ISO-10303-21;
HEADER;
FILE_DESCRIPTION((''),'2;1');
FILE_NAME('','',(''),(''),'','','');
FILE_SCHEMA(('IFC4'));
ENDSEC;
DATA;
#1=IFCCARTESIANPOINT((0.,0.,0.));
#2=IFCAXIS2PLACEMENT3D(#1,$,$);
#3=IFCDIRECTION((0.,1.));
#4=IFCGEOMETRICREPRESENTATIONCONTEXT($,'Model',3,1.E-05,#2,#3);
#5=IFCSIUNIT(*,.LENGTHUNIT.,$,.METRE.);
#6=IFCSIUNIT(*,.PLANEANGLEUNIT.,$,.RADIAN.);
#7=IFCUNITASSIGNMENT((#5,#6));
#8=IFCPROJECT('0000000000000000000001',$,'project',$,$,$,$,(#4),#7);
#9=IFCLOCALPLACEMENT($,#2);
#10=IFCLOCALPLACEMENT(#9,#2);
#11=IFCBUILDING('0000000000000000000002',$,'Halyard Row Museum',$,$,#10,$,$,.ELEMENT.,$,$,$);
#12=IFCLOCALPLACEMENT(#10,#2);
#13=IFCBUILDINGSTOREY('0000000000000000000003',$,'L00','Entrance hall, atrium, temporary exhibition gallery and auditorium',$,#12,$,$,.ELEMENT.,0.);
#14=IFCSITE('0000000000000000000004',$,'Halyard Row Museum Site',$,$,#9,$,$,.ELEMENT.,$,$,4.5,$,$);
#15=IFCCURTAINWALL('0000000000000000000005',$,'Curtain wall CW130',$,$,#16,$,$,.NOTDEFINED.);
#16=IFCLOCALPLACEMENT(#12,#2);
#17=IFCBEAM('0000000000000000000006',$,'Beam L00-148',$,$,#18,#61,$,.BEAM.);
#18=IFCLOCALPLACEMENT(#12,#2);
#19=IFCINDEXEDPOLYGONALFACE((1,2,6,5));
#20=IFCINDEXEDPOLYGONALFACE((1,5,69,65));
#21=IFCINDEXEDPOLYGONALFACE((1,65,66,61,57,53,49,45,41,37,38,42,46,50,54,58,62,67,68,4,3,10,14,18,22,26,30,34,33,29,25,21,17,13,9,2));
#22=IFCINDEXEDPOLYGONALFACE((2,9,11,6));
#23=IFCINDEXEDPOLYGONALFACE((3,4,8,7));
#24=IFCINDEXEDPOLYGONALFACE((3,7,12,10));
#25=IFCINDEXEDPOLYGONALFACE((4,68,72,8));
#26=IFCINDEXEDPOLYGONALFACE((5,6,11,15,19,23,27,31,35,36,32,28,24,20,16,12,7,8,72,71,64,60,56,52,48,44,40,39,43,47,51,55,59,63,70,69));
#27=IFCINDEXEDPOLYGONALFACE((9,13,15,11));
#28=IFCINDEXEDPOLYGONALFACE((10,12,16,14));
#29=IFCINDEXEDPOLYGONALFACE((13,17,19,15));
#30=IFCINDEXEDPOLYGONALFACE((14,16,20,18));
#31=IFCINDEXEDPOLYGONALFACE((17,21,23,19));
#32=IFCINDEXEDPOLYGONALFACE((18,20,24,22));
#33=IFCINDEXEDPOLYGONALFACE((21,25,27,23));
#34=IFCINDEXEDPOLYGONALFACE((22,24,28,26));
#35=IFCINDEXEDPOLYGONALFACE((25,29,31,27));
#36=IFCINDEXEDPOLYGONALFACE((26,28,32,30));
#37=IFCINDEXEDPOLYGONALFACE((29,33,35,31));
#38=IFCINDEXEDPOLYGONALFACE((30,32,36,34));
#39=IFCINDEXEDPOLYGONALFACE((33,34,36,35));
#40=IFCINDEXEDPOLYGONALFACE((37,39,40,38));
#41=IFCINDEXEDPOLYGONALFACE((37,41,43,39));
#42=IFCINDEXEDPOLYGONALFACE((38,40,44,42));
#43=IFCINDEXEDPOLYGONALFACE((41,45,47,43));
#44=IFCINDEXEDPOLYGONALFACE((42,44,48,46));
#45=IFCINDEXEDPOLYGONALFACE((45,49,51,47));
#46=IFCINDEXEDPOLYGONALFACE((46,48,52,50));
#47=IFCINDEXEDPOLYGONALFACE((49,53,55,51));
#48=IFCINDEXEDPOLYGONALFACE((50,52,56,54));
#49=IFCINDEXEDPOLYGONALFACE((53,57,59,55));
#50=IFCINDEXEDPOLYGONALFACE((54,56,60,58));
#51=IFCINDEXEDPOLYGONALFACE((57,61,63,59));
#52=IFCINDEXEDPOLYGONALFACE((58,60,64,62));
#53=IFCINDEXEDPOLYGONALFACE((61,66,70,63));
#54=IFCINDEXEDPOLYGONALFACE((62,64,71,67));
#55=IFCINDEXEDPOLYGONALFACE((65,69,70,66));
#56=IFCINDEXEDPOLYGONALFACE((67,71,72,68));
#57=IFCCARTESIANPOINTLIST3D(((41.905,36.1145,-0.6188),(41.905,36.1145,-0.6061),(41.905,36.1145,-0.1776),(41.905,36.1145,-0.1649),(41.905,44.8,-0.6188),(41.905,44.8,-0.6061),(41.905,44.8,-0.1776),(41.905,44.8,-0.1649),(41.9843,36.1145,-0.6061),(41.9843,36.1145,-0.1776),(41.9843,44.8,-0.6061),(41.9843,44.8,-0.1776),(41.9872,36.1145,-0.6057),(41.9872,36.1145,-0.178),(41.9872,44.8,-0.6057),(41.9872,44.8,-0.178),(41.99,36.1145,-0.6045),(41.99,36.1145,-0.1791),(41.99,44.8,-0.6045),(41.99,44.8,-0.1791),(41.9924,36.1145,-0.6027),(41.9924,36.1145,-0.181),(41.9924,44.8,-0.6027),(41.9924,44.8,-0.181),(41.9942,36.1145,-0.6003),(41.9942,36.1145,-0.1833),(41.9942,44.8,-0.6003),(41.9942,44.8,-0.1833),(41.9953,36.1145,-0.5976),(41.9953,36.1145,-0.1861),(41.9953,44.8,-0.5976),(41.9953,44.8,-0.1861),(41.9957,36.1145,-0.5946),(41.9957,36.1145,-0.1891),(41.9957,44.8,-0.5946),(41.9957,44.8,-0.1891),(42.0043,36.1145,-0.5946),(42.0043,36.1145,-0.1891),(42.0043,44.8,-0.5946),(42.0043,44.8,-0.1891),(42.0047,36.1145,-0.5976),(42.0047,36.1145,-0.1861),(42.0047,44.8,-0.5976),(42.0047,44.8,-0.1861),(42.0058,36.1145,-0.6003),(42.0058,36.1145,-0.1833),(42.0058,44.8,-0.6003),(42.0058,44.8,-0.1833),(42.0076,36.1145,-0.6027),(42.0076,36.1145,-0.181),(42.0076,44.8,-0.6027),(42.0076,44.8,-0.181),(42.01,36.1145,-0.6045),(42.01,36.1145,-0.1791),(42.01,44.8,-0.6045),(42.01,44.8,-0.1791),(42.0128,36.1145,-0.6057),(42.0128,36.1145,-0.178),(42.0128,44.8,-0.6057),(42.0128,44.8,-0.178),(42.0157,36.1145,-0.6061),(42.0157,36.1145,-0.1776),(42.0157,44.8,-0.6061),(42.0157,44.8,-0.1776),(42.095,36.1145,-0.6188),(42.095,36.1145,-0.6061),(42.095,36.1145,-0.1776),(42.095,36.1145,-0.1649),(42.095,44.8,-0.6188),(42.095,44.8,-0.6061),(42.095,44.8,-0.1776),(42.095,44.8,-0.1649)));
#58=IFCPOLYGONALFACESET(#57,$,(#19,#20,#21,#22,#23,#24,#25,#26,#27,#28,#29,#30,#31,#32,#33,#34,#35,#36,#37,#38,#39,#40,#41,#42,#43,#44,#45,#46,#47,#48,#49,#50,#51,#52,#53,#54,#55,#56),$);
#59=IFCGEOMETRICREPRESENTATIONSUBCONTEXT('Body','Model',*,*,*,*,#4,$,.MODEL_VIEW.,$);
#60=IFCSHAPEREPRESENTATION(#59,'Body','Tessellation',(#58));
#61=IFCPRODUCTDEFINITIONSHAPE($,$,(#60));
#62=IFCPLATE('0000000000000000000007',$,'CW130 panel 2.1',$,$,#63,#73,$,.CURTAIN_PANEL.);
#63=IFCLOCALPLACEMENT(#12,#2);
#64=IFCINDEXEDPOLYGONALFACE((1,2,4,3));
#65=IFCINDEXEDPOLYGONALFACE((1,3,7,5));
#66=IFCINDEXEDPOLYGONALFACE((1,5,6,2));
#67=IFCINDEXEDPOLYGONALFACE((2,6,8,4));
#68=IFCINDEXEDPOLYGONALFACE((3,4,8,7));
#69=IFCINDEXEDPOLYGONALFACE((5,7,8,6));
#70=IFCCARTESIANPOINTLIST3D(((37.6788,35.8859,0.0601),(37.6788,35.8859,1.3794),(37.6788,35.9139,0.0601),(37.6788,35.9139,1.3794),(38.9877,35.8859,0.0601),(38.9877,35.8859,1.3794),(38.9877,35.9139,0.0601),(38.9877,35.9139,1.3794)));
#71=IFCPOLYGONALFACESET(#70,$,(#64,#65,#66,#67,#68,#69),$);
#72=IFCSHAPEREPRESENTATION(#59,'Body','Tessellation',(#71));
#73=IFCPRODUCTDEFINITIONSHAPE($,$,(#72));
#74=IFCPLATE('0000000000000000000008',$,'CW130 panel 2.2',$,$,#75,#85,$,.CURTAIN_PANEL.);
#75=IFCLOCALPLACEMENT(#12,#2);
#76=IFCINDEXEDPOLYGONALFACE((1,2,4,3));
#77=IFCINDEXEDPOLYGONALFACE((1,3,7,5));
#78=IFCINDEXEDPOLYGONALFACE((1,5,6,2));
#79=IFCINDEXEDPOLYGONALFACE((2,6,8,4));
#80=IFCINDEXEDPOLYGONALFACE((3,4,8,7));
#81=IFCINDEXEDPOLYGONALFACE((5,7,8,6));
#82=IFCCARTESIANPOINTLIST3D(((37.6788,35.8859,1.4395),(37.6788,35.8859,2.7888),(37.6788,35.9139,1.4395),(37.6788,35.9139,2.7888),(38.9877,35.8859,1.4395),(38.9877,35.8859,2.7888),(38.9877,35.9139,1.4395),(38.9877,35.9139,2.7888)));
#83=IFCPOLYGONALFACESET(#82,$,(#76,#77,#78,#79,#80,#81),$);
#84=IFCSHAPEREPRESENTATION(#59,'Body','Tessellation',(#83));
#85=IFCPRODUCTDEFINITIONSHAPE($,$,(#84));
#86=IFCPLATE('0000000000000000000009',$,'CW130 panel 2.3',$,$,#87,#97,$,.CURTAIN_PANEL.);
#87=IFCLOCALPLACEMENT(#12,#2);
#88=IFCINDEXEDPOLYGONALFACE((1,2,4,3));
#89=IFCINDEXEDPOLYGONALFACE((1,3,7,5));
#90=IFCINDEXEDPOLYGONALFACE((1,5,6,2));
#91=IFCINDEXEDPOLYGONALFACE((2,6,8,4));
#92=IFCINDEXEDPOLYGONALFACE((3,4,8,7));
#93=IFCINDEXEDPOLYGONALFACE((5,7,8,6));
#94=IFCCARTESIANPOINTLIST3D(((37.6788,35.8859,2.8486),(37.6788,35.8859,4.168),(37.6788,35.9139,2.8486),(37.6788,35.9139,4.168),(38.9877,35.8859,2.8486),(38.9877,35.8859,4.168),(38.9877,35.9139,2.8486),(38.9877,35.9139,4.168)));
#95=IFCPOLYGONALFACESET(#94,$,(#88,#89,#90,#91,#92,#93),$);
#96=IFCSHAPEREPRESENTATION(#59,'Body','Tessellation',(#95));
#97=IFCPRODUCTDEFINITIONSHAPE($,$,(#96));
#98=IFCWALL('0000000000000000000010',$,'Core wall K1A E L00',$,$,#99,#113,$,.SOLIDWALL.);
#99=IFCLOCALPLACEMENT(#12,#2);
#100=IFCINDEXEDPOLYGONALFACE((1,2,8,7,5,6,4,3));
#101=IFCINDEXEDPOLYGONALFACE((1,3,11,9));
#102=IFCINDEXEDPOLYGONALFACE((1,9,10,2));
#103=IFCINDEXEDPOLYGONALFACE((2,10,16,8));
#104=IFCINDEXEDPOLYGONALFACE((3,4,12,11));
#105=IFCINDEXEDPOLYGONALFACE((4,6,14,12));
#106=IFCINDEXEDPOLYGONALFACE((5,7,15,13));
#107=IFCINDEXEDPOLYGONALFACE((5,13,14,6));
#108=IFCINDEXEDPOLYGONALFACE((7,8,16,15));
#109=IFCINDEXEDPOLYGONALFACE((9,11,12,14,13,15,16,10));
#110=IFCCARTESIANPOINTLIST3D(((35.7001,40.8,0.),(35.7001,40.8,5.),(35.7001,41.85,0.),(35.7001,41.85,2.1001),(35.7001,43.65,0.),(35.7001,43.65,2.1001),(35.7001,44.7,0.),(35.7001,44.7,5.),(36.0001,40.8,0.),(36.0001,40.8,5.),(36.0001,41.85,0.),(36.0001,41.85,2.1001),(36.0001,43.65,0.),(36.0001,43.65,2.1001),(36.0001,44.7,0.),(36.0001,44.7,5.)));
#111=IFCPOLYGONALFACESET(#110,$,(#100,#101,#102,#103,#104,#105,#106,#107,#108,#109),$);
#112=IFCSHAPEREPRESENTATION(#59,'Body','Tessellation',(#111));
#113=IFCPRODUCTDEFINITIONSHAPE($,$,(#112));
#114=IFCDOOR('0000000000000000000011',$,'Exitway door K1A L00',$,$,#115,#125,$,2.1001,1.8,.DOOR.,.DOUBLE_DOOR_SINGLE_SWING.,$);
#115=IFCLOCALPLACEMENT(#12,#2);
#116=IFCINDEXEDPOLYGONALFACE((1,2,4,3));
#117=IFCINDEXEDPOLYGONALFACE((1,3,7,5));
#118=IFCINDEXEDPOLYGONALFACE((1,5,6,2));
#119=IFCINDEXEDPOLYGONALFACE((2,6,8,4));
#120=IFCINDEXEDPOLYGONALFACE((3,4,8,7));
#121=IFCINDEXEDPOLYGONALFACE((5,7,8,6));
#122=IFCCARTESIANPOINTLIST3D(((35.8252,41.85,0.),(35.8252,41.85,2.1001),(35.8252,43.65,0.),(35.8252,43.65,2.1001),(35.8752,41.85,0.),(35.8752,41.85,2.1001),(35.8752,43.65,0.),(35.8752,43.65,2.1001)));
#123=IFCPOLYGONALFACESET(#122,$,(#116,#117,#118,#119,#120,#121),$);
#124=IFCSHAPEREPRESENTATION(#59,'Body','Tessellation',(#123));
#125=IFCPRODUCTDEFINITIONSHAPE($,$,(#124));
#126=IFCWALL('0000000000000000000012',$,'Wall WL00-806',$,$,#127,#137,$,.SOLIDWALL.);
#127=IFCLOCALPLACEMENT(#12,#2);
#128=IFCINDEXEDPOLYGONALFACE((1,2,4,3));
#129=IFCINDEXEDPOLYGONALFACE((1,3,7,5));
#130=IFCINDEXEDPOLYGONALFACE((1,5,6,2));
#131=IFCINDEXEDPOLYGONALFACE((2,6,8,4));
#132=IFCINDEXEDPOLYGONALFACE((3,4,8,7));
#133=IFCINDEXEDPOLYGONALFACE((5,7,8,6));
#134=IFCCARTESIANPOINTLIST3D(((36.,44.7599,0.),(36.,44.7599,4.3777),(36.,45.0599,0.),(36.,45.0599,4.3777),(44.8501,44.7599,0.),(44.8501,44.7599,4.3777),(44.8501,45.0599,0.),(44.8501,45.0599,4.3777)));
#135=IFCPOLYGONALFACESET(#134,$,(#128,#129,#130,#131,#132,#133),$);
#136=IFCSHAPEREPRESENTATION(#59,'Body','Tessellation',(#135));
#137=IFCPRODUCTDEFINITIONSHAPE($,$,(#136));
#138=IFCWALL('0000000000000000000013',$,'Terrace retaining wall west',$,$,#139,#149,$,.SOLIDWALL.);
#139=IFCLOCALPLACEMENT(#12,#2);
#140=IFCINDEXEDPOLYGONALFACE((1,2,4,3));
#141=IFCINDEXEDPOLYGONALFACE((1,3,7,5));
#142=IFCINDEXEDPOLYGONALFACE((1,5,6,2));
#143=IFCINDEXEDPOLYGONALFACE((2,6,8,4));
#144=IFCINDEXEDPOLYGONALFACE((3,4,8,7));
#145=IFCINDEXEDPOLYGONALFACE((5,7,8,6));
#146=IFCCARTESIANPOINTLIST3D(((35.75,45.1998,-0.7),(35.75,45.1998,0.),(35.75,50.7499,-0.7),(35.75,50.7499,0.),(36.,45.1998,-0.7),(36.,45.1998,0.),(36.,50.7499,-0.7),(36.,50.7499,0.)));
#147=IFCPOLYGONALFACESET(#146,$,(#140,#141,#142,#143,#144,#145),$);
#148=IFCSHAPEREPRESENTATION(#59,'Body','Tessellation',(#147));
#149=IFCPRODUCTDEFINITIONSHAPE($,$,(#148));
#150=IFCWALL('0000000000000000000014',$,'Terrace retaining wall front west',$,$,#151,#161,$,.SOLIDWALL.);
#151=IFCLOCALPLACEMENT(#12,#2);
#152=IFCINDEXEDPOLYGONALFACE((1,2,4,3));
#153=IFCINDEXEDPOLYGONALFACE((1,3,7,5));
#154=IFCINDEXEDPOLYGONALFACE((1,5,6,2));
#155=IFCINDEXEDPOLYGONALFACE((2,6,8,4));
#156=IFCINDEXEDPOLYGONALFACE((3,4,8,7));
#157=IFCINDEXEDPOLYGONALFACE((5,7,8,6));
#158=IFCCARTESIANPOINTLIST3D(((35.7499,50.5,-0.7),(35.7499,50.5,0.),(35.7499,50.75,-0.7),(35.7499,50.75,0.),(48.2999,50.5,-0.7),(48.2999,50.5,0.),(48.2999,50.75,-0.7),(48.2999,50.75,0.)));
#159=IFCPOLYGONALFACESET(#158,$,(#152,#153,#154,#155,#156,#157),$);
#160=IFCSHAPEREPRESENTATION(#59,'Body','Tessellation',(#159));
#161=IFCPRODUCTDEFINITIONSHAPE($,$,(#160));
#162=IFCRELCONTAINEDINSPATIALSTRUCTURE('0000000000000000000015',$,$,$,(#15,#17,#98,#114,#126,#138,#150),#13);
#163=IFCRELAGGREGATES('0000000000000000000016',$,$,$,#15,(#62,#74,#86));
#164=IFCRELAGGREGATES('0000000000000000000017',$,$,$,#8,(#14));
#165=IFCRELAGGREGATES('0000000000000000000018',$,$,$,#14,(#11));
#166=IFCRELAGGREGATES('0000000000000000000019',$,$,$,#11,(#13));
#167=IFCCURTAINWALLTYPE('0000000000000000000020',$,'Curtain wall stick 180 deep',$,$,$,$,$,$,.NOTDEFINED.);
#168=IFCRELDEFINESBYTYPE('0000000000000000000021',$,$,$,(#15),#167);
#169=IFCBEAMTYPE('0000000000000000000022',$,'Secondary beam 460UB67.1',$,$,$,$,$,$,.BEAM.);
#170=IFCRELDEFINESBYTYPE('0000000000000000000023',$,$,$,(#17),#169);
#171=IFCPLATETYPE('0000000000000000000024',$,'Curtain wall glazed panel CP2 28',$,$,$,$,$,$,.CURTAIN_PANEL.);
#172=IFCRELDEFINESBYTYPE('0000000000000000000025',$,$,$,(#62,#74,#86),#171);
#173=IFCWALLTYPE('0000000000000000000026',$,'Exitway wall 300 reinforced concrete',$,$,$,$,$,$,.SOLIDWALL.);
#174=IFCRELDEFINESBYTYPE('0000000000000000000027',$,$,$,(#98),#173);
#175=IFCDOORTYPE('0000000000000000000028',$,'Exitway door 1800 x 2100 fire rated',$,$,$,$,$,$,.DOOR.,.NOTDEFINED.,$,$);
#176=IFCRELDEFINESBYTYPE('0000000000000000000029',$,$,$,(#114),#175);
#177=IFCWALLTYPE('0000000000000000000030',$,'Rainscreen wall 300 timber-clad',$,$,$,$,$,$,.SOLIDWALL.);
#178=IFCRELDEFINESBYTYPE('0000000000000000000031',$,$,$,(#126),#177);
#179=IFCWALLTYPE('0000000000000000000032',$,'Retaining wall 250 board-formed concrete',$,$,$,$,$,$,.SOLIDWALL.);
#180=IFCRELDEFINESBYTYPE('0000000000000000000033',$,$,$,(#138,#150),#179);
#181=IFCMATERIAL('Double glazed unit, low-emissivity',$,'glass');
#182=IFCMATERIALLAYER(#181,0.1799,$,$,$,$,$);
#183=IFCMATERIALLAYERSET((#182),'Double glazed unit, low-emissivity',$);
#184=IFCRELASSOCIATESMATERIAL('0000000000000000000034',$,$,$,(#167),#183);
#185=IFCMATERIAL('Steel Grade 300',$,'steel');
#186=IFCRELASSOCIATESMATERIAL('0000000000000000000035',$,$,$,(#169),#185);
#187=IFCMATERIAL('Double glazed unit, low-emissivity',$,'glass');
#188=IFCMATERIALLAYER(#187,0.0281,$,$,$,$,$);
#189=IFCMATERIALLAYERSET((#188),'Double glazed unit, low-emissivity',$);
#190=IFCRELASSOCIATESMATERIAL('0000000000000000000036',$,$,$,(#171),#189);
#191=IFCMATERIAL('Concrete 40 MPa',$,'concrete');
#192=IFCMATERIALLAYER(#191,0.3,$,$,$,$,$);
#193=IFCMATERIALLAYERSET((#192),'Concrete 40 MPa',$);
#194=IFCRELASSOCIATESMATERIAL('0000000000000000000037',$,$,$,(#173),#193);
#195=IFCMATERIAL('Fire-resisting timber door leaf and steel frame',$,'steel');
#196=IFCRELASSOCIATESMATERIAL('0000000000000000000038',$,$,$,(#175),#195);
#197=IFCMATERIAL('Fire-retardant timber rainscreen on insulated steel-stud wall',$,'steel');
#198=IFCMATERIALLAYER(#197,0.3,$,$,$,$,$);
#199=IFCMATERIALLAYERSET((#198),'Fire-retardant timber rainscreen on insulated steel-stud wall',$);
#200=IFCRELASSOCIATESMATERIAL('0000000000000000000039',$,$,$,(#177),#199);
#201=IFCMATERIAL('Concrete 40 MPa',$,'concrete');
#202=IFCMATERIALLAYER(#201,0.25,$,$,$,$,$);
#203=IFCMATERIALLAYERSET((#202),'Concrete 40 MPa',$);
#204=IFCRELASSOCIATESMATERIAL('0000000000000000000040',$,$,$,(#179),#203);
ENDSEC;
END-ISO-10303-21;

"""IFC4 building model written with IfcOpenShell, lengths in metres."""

from ifc_helpers import new_model, si_unit, direction, frame, frame_2d, origin, origin_2d, place, context, subcontext, project, spatial, rectangle, i_section, extrude, material, layer, layer_set, material_profile, profile_set, type_object, element, fill, aggregate, save


model = new_model("IFC4")

# Units and contexts
model_context = context("Model", 3, precision=1e-05, world=origin(), true_north=direction((0.0, 1.0)))
body_context = subcontext(model_context, "Body", "Model", "MODEL_VIEW")
ifc_project = project(units=[si_unit("LENGTHUNIT", "METRE"), si_unit("PLANEANGLEUNIT", "RADIAN")], contexts=[model_context])

# Site, building, storey
site_placement = place(None, origin())
site = spatial("IfcSite", under=ifc_project, at=site_placement, Name="Halyard Row Museum Site", CompositionType="ELEMENT", RefElevation=4.5)
building_placement = place(site_placement, origin())
building = spatial("IfcBuilding", under=site, at=building_placement, Name="Halyard Row Museum", CompositionType="ELEMENT")
storey_placement = place(building_placement, origin())
storey = spatial("IfcBuildingStorey", under=building, at=storey_placement, Name="L00", Description="Entrance hall, atrium, temporary exhibition gallery and auditorium", CompositionType="ELEMENT", Elevation=0.0)

# Curtain wall
ifc_material_1 = material(Name="Double glazed unit, low-emissivity", Category="glass")
ifc_layer_1 = layer(ifc_material_1, 0.1799)
ifc_layer_set_1 = layer_set([ifc_layer_1], Name="Double glazed unit, low-emissivity")
curtain_wall_type = type_object("IfcCurtainWallType", Name="Curtain wall stick 180 deep", PredefinedType="NOTDEFINED", material=ifc_layer_set_1)
curtain_wall_placement = place(storey_placement, origin())
curtain_wall = element("IfcCurtainWall", 1, at=curtain_wall_placement, inside=storey, type_object=curtain_wall_type, Name="Curtain wall CW130", PredefinedType="NOTDEFINED")

# Beam
ifc_material_2 = material(Name="Steel Grade 300", Category="steel")
ifc_material_profile_1 = material_profile(ifc_material_2, i_section(OverallWidth=0.1899, OverallDepth=0.4539, WebThickness=0.0085, FlangeThickness=0.0127, FilletRadius=0.0115, at=origin_2d()), Name="460UB67.1")
ifc_profile_set_1 = profile_set([ifc_material_profile_1], Name="Steel Grade 300")
beam_type_1 = type_object("IfcBeamType", Name="Secondary beam 460UB67.1", PredefinedType="BEAM", material=ifc_profile_set_1)
for number, where, z_axis, x_axis, name in (
    (2, (42.0, 36.1145, -0.3918), (0.0, 1.0, 0.0), (-1.0, 0.0, 0.0), "Beam L00-148"),
):
    element("IfcBeam", number, at=place(storey_placement, frame(where, z_axis=z_axis, x_axis=x_axis)), inside=storey, type_object=beam_type_1, Name=name, PredefinedType="BEAM", context=body_context, shape_type="SweptSolid", body=[
        extrude(i_section(OverallWidth=0.1899, OverallDepth=0.4539, WebThickness=0.0085, FlangeThickness=0.0127, FilletRadius=0.0115, at=origin_2d()), origin(), (0.0, 0.0, 1.0), 8.6855),
    ])

# Plates
ifc_material_3 = material(Name="Double glazed unit, low-emissivity", Category="glass")
ifc_layer_2 = layer(ifc_material_3, 0.0281)
ifc_layer_set_2 = layer_set([ifc_layer_2], Name="Double glazed unit, low-emissivity")
plate_type = type_object("IfcPlateType", Name="Curtain wall glazed panel CP2 28", PredefinedType="CURTAIN_PANEL", material=ifc_layer_set_2)
plate_1_placement = place(storey_placement, frame((38.3333, 35.8999, 0.0601), z_axis=(0.0, 0.0, 1.0), x_axis=(1.0, 0.0, 0.0)))
plate_1 = element("IfcPlate", 3, at=plate_1_placement, type_object=plate_type, Name="CW130 panel 2.1", PredefinedType="CURTAIN_PANEL", context=body_context, shape_type="SweptSolid", body=[
    extrude(rectangle(XDim=1.3088, YDim=0.0281, at=origin_2d()), origin(), (0.0, 0.0, 1.0), 1.3193),
])
plate_2_placement = place(storey_placement, frame((38.3333, 35.8999, 1.4395), z_axis=(0.0, 0.0, 1.0), x_axis=(1.0, 0.0, 0.0)))
plate_2 = element("IfcPlate", 4, at=plate_2_placement, type_object=plate_type, Name="CW130 panel 2.2", PredefinedType="CURTAIN_PANEL", context=body_context, shape_type="SweptSolid", body=[
    extrude(rectangle(XDim=1.3088, YDim=0.0281, at=origin_2d()), origin(), (0.0, 0.0, 1.0), 1.3494),
])
plate_3_placement = place(storey_placement, frame((38.3333, 35.8999, 2.8486), z_axis=(0.0, 0.0, 1.0), x_axis=(1.0, 0.0, 0.0)))
plate_3 = element("IfcPlate", 5, at=plate_3_placement, type_object=plate_type, Name="CW130 panel 2.3", PredefinedType="CURTAIN_PANEL", context=body_context, shape_type="SweptSolid", body=[
    extrude(rectangle(XDim=1.3088, YDim=0.0281, at=origin_2d()), origin(), (0.0, 0.0, 1.0), 1.3193),
])
aggregate(curtain_wall, [plate_1, plate_2, plate_3])

# Wall, opening, door
ifc_material_4 = material(Name="Concrete 40 MPa", Category="concrete")
ifc_layer_3 = layer(ifc_material_4, 0.3)
ifc_layer_set_3 = layer_set([ifc_layer_3], Name="Concrete 40 MPa")
wall_type_1 = type_object("IfcWallType", Name="Exitway wall 300 reinforced concrete", PredefinedType="SOLIDWALL", material=ifc_layer_set_3)
wall_1_placement = place(storey_placement, frame((35.8501, 40.8, 0.0), z_axis=(0.0, 0.0, 1.0), x_axis=(0.0, 1.0, 0.0)))
wall_1 = element("IfcWall", 6, at=wall_1_placement, inside=storey, type_object=wall_type_1, Name="Core wall K1A E L00", PredefinedType="SOLIDWALL", context=body_context, shape_type="SweptSolid", body=[
    extrude(rectangle(XDim=3.8999, YDim=0.3, at=frame_2d((1.95, 0.0))), origin(), (0.0, 0.0, 1.0), 5.0),
])
opening_1_placement = place(wall_1_placement, frame((1.05, 0.0, 0.0)))
opening_1 = element("IfcOpeningElement", 7, at=opening_1_placement, cuts=wall_1, PredefinedType="OPENING", context=body_context, shape_type="SweptSolid", body=[
    extrude(rectangle(XDim=1.8, YDim=2.1001, at=frame_2d((0.8999, 1.05))), frame((0.0, 0.1599, 0.0), z_axis=(0.0, -1.0, 0.0), x_axis=(1.0, 0.0, 0.0)), (0.0, 0.0, 1.0), 0.3201),
])
ifc_material_5 = material(Name="Fire-resisting timber door leaf and steel frame", Category="steel")
door_type_1 = type_object("IfcDoorType", Name="Exitway door 1800 x 2100 fire rated", OperationType="NOTDEFINED", PredefinedType="DOOR", material=ifc_material_5)
door_1_placement = place(opening_1_placement, origin())
door_1 = element("IfcDoor", 8, at=door_1_placement, inside=storey, type_object=door_type_1, Name="Exitway door K1A L00", OperationType="DOUBLE_DOOR_SINGLE_SWING", OverallHeight=2.1001, OverallWidth=1.8, PredefinedType="DOOR", context=body_context, shape_type="SweptSolid", body=[
    extrude(rectangle(XDim=1.8, YDim=2.1001, at=frame_2d((0.8999, 1.05))), frame((0.0, 0.0249, 0.0), z_axis=(0.0, -1.0, 0.0), x_axis=(1.0, 0.0, 0.0)), (0.0, 0.0, 1.0), 0.05),
])
fill(opening_1, door_1)

# Walls
ifc_material_6 = material(Name="Fire-retardant timber rainscreen on insulated steel-stud wall", Category="steel")
ifc_layer_4 = layer(ifc_material_6, 0.3)
ifc_layer_set_4 = layer_set([ifc_layer_4], Name="Fire-retardant timber rainscreen on insulated steel-stud wall")
wall_type_2 = type_object("IfcWallType", Name="Rainscreen wall 300 timber-clad", PredefinedType="SOLIDWALL", material=ifc_layer_set_4)
wall_2_placement = place(storey_placement, frame((36.0, 44.9099, 0.0), z_axis=(0.0, 0.0, 1.0), x_axis=(1.0, 0.0, 0.0)))
element("IfcWall", 9, at=wall_2_placement, inside=storey, type_object=wall_type_2, Name="Wall WL00-806", PredefinedType="SOLIDWALL", context=body_context, shape_type="SweptSolid", body=[
    extrude(rectangle(XDim=8.8501, YDim=0.3, at=frame_2d((4.425, 0.0))), origin(), (0.0, 0.0, 1.0), 4.3777),
])
ifc_material_7 = material(Name="Concrete 40 MPa", Category="concrete")
ifc_layer_5 = layer(ifc_material_7, 0.25)
ifc_layer_set_5 = layer_set([ifc_layer_5], Name="Concrete 40 MPa")
wall_type_3 = type_object("IfcWallType", Name="Retaining wall 250 board-formed concrete", PredefinedType="SOLIDWALL", material=ifc_layer_set_5)
wall_3_placement = place(storey_placement, frame((35.875, 45.2, -0.7), z_axis=(0.0, 0.0, 1.0), x_axis=(0.0, 1.0, 0.0)))
element("IfcWall", 10, at=wall_3_placement, inside=storey, type_object=wall_type_3, Name="Terrace retaining wall west", PredefinedType="SOLIDWALL", context=body_context, shape_type="SweptSolid", body=[
    extrude(rectangle(XDim=5.55, YDim=0.25, at=frame_2d((2.7749, 0.0))), origin(), (0.0, 0.0, 1.0), 0.7),
])
wall_4_placement = place(storey_placement, frame((35.75, 50.625, -0.7), z_axis=(0.0, 0.0, 1.0), x_axis=(1.0, 0.0, 0.0)))
element("IfcWall", 11, at=wall_4_placement, inside=storey, type_object=wall_type_3, Name="Terrace retaining wall front west", PredefinedType="SOLIDWALL", context=body_context, shape_type="SweptSolid", body=[
    extrude(rectangle(XDim=12.55, YDim=0.25, at=frame_2d((6.2749, 0.0))), origin(), (0.0, 0.0, 1.0), 0.7),
])

save(model, "model.ifc")
